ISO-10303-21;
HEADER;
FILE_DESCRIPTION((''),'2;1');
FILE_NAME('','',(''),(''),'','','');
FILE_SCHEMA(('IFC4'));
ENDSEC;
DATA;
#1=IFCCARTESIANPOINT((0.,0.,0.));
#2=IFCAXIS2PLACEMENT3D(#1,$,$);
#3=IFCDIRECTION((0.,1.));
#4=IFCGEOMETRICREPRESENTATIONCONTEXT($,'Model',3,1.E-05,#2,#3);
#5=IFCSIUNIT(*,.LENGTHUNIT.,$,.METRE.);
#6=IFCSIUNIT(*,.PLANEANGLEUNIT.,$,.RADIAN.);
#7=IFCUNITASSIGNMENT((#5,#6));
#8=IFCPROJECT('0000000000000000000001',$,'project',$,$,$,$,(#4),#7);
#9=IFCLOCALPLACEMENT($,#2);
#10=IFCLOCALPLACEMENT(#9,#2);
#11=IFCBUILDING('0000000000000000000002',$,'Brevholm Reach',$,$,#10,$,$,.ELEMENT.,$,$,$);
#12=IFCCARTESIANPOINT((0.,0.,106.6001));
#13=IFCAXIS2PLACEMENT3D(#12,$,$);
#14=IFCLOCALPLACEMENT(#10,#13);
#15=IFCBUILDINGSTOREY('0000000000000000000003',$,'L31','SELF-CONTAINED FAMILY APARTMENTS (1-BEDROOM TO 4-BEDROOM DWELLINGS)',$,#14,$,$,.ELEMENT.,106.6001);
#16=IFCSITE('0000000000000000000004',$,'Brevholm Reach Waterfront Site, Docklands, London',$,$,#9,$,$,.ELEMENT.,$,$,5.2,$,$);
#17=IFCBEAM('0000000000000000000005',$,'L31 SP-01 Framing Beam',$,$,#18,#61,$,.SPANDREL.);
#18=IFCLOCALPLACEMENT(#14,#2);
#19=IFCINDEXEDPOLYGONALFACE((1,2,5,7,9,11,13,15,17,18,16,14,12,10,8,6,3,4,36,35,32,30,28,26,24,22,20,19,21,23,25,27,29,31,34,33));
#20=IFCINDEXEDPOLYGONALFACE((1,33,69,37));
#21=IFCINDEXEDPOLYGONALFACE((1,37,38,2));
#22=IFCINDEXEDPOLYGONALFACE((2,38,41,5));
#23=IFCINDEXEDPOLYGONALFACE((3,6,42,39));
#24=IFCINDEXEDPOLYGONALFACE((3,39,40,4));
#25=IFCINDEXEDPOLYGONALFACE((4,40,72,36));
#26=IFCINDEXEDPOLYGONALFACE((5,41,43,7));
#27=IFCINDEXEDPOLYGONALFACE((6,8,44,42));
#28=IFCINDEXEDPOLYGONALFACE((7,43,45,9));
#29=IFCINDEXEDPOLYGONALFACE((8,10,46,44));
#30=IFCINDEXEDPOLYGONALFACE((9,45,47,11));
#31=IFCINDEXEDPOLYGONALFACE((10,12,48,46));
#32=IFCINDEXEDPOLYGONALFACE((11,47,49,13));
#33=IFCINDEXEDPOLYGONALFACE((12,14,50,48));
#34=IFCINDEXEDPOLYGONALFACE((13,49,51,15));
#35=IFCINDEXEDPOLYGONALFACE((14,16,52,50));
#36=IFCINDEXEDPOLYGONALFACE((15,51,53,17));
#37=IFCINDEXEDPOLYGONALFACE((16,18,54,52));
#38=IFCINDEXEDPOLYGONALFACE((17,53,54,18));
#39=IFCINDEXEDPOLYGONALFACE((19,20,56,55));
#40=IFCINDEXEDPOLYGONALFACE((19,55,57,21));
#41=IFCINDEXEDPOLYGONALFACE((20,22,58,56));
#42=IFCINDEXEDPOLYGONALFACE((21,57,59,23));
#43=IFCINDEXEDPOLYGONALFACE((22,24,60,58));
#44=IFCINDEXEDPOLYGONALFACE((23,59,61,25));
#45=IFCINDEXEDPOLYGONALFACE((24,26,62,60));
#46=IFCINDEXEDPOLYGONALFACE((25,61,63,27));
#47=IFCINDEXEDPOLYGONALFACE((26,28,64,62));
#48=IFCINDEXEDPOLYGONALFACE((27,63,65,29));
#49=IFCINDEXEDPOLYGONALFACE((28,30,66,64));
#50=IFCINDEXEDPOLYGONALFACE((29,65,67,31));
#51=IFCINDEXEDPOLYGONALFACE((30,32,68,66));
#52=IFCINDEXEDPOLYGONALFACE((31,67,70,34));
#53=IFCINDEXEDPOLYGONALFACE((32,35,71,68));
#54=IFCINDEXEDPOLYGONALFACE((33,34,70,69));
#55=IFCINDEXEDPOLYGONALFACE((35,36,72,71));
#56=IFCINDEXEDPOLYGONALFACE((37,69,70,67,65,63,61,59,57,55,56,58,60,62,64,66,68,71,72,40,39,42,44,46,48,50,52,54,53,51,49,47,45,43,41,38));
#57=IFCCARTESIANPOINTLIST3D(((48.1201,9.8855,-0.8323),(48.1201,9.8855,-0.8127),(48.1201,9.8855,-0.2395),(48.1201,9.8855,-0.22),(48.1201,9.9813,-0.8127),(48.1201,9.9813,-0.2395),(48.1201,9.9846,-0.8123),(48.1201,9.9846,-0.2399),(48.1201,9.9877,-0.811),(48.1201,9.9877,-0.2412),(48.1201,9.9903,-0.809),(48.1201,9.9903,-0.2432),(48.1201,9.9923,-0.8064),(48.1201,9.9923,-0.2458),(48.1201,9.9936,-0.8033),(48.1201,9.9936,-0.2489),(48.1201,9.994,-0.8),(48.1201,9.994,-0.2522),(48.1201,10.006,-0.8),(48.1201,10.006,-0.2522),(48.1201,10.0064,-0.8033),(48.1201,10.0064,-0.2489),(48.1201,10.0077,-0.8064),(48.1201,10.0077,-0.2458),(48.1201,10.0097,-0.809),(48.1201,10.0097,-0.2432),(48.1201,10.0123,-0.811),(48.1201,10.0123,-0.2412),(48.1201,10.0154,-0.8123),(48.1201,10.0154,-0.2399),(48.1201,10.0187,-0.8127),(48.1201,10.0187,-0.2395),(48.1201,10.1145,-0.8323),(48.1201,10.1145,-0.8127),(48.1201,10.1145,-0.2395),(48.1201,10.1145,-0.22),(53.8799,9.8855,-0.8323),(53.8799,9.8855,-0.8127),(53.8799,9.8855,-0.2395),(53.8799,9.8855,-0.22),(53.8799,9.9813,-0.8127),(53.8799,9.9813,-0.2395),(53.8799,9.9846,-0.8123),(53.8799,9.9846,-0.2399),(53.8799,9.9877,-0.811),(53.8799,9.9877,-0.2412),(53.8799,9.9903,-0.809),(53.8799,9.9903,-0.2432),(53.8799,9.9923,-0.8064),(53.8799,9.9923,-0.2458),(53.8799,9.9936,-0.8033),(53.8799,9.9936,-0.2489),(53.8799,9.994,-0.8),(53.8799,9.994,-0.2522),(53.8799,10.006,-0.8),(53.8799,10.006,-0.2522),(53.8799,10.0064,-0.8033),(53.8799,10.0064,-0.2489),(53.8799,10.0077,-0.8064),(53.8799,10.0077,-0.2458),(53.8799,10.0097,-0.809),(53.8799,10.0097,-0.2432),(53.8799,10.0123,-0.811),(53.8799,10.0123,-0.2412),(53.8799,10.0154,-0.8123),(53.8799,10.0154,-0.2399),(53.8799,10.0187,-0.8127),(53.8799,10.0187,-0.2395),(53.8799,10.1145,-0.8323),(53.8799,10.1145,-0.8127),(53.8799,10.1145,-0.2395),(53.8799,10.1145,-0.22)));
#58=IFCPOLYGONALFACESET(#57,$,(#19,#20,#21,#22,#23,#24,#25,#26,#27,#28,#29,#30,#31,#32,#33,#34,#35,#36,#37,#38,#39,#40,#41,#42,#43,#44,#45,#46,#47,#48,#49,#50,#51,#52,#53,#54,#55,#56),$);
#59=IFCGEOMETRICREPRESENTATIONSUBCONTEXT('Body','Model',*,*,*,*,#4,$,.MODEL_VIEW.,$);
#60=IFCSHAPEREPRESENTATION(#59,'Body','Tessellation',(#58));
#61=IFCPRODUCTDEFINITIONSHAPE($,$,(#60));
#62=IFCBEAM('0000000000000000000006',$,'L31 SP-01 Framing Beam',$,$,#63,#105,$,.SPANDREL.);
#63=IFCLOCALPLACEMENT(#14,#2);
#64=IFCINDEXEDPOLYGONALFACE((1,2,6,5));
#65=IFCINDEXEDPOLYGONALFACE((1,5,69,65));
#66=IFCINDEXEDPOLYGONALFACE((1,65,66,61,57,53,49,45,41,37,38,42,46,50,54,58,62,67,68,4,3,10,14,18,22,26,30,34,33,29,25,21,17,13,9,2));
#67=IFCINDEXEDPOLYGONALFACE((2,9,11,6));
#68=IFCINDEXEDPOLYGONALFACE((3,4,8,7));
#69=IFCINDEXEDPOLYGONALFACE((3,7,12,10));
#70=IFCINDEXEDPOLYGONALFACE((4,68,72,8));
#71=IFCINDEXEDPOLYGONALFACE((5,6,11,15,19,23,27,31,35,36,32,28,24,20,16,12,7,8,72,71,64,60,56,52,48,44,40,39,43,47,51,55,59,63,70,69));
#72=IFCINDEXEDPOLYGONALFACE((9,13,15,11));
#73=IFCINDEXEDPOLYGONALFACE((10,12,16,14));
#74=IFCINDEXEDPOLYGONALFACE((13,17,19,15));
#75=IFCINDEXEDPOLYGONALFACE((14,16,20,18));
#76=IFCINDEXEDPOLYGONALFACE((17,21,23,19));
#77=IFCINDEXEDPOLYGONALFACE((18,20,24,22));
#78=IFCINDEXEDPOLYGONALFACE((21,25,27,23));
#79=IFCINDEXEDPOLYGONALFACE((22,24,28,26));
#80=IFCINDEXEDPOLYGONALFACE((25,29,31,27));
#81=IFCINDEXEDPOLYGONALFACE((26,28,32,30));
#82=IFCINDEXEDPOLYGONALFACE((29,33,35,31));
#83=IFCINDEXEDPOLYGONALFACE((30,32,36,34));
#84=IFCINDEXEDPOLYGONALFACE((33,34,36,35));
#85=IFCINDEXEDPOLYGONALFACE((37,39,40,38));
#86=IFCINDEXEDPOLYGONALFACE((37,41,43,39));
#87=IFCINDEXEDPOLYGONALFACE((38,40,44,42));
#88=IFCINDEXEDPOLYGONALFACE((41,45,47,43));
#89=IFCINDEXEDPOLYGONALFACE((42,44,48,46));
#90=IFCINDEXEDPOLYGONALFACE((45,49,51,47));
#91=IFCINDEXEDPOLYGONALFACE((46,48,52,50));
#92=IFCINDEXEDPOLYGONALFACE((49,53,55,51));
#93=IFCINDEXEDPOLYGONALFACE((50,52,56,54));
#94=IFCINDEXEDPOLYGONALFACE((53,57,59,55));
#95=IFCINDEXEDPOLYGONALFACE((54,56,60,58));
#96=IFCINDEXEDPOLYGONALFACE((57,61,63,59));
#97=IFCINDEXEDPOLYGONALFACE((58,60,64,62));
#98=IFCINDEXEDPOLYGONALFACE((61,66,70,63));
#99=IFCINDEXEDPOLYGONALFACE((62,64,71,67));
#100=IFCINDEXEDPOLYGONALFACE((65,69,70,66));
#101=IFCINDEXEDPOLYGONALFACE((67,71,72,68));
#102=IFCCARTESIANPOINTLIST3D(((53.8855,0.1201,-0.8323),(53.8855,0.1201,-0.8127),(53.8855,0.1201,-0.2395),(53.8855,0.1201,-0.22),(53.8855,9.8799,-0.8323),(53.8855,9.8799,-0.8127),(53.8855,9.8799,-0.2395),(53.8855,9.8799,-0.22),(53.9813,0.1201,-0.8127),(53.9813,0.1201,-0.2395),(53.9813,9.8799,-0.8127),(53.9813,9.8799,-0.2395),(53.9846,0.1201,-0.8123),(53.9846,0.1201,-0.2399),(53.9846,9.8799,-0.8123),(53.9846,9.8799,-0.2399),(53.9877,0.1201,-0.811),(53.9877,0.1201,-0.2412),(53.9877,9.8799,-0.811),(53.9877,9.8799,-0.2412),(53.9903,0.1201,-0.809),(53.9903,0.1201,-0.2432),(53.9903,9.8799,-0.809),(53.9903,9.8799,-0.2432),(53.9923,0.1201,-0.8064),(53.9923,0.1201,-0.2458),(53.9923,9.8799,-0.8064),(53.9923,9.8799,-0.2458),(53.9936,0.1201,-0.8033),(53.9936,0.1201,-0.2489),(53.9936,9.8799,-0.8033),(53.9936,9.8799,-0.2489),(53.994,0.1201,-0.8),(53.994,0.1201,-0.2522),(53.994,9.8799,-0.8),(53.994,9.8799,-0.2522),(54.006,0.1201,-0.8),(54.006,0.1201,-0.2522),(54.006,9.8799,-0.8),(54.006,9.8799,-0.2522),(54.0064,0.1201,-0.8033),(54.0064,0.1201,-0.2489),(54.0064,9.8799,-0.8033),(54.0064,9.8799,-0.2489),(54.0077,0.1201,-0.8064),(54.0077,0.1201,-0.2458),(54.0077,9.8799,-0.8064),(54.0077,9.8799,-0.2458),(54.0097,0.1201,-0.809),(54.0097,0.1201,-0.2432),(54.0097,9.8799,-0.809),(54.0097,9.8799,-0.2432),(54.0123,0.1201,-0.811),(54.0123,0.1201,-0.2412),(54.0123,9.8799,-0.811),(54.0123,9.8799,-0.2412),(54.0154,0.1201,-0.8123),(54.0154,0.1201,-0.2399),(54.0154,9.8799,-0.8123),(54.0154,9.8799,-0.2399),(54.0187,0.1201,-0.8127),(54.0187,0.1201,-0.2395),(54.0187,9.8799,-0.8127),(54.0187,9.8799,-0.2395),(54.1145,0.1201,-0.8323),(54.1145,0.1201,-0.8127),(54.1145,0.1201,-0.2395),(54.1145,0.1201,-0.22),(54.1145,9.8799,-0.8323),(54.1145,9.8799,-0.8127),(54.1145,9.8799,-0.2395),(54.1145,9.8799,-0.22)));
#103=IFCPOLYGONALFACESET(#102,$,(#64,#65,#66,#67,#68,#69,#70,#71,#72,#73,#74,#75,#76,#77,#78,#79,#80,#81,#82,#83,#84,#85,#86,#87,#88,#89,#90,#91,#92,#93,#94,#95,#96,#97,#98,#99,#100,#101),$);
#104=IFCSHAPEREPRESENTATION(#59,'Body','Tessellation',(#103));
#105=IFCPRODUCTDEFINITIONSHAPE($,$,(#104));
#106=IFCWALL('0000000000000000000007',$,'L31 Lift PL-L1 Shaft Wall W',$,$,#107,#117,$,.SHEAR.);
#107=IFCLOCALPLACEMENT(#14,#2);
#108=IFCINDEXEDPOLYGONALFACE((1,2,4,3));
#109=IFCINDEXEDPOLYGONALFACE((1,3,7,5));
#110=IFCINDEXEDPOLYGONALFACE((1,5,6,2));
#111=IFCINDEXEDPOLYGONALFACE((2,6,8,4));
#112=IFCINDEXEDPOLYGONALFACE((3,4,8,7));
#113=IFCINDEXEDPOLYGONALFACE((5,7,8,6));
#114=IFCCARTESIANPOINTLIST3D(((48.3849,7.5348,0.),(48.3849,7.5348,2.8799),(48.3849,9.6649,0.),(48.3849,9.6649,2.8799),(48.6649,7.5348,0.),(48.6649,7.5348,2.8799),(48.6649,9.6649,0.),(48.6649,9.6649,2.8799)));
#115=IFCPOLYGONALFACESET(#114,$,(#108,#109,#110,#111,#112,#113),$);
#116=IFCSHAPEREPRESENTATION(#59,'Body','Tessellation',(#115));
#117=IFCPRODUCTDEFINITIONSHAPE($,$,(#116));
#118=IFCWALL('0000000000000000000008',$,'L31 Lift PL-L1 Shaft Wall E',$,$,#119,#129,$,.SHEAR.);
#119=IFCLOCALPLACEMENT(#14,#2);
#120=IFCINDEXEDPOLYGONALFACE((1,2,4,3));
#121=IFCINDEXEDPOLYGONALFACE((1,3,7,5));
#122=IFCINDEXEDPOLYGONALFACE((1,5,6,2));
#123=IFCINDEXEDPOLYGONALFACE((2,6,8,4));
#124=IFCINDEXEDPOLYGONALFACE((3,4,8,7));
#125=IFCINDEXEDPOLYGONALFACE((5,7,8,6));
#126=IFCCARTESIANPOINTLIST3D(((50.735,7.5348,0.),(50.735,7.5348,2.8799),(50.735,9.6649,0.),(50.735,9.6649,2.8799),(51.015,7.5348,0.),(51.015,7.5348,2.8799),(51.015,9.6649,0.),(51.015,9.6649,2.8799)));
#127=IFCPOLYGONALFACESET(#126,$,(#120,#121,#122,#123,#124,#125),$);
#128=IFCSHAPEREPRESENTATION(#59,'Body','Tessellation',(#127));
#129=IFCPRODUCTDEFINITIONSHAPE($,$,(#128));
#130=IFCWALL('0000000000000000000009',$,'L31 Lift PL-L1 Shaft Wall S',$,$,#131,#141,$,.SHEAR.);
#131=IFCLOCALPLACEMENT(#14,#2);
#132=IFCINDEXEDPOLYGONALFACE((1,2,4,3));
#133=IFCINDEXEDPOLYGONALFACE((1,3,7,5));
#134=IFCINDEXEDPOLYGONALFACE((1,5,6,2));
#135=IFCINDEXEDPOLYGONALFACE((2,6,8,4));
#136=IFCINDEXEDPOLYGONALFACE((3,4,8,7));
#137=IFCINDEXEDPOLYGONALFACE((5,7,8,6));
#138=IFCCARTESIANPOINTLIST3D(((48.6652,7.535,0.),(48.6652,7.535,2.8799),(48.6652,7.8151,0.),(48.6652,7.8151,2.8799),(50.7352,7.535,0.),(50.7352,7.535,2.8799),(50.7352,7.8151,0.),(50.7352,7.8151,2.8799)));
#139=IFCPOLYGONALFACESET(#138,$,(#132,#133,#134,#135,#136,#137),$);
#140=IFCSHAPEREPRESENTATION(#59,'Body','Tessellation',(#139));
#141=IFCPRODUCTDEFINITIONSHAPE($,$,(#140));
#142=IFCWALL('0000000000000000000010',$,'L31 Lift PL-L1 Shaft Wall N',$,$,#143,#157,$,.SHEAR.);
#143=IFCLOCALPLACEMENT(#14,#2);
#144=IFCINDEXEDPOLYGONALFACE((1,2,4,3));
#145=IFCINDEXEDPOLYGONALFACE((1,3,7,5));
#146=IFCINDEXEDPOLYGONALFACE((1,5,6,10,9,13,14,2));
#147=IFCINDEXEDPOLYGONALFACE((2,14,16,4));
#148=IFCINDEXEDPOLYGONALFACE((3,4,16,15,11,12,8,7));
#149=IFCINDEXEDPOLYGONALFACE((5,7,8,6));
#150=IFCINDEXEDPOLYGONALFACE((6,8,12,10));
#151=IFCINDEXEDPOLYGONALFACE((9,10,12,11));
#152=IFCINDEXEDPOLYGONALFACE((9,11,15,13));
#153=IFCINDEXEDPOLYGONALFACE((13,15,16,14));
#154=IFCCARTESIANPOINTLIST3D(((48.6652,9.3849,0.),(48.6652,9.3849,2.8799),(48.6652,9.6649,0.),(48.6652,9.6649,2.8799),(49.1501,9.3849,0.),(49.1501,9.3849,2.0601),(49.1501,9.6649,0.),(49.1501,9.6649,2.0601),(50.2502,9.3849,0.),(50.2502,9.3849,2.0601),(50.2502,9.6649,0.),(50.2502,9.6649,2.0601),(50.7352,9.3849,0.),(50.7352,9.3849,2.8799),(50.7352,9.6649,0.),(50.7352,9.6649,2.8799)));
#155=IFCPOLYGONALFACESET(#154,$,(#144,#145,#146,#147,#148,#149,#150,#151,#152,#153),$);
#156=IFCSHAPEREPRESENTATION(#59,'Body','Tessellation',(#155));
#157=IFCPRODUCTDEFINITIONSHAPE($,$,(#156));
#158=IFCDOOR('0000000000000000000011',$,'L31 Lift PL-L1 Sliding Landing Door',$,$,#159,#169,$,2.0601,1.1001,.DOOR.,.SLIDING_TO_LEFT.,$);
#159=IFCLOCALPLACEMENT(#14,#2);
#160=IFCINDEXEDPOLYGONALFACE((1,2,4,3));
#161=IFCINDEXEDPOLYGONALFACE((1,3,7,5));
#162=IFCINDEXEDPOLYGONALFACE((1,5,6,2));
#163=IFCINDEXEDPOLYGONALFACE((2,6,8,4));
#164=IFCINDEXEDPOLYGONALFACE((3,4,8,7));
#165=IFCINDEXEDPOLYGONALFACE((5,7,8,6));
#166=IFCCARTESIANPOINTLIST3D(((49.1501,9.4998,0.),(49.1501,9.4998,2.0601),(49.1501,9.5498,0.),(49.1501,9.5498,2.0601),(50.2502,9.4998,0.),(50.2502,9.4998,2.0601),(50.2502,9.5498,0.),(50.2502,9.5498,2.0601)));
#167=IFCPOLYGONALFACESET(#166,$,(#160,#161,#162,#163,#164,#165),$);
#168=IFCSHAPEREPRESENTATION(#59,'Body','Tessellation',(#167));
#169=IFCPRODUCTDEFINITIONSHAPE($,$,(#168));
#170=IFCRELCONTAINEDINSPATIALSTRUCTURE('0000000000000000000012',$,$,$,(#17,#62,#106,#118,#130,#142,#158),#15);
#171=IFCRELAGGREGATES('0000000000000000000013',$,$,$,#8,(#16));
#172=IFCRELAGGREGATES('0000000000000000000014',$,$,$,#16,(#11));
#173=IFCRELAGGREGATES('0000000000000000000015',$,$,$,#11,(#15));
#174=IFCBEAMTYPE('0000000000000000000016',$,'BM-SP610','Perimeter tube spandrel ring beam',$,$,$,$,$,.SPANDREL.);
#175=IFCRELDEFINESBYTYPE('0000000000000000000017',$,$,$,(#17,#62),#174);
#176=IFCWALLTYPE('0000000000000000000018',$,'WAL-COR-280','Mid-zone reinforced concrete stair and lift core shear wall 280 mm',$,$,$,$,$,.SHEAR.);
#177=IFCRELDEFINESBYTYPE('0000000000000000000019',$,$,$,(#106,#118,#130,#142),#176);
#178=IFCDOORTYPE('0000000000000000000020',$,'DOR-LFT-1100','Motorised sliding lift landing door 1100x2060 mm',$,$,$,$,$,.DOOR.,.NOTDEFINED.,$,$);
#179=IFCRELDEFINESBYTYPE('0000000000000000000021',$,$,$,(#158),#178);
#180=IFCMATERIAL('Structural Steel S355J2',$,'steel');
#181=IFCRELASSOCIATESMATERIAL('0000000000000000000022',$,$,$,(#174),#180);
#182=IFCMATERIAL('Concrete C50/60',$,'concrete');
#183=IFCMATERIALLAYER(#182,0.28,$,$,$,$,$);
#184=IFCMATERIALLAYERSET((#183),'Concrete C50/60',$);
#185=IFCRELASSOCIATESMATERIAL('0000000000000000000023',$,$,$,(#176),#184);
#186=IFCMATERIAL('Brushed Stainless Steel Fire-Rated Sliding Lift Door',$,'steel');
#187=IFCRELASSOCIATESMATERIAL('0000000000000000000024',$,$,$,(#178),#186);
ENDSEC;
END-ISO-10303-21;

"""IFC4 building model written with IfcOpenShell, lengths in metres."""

from ifc_helpers import new_model, si_unit, direction, frame, frame_2d, origin, origin_2d, place, context, subcontext, project, spatial, rectangle, i_section, extrude, material, layer, layer_set, material_profile, profile_set, type_object, element, fill, save


model = new_model("IFC4")

# Units and contexts
model_context = context("Model", 3, precision=1e-05, world=origin(), true_north=direction((0.0, 1.0)))
body_context = subcontext(model_context, "Body", "Model", "MODEL_VIEW")
ifc_project = project(units=[si_unit("LENGTHUNIT", "METRE"), si_unit("PLANEANGLEUNIT", "RADIAN")], contexts=[model_context])

# Site, building, storey
site_placement = place(None, origin())
site = spatial("IfcSite", under=ifc_project, at=site_placement, Name="Brevholm Reach Waterfront Site, Docklands, London", CompositionType="ELEMENT", RefElevation=5.2)
building_placement = place(site_placement, origin())
building = spatial("IfcBuilding", under=site, at=building_placement, Name="Brevholm Reach", CompositionType="ELEMENT")
storey_placement = place(building_placement, frame((0.0, 0.0, 106.6001)))
storey = spatial("IfcBuildingStorey", under=building, at=storey_placement, Name="L31", Description="SELF-CONTAINED FAMILY APARTMENTS (1-BEDROOM TO 4-BEDROOM DWELLINGS)", CompositionType="ELEMENT", Elevation=106.6001)

# Beams
ifc_material_1 = material(Name="Structural Steel S355J2", Category="steel")
ifc_material_profile_1 = material_profile(ifc_material_1, i_section(OverallWidth=0.229, OverallDepth=0.6123, WebThickness=0.012, FlangeThickness=0.0195, FilletRadius=0.0127, at=origin_2d()), Name="UKB 610x229x125")
ifc_profile_set_1 = profile_set([ifc_material_profile_1], Name="Structural Steel S355J2")
beam_type_1 = type_object("IfcBeamType", Name="BM-SP610", Description="Perimeter tube spandrel ring beam", PredefinedType="SPANDREL", material=ifc_profile_set_1)
beam_1_placement = place(storey_placement, frame((48.1201, 10.0, -0.5261), z_axis=(1.0, 0.0, 0.0), x_axis=(0.0, 1.0, 0.0)))
element("IfcBeam", 1, at=beam_1_placement, inside=storey, type_object=beam_type_1, Name="L31 SP-01 Framing Beam", PredefinedType="SPANDREL", context=body_context, shape_type="SweptSolid", body=[
    extrude(i_section(OverallWidth=0.229, OverallDepth=0.6123, WebThickness=0.012, FlangeThickness=0.0195, FilletRadius=0.0127, at=origin_2d()), origin(), (0.0, 0.0, 1.0), 5.7598),
])
beam_2_placement = place(storey_placement, frame((54.0, 0.1201, -0.5261), z_axis=(0.0, 1.0, 0.0), x_axis=(-1.0, 0.0, 0.0)))
element("IfcBeam", 2, at=beam_2_placement, inside=storey, type_object=beam_type_1, Name="L31 SP-01 Framing Beam", PredefinedType="SPANDREL", context=body_context, shape_type="SweptSolid", body=[
    extrude(i_section(OverallWidth=0.229, OverallDepth=0.6123, WebThickness=0.012, FlangeThickness=0.0195, FilletRadius=0.0127, at=origin_2d()), origin(), (0.0, 0.0, 1.0), 9.7598),
])

# Walls
ifc_material_2 = material(Name="Concrete C50/60", Category="concrete")
ifc_layer_1 = layer(ifc_material_2, 0.28)
ifc_layer_set_1 = layer_set([ifc_layer_1], Name="Concrete C50/60")
wall_type_1 = type_object("IfcWallType", Name="WAL-COR-280", Description="Mid-zone reinforced concrete stair and lift core shear wall 280 mm", PredefinedType="SHEAR", material=ifc_layer_set_1)
for number, where, z_axis, x_axis, name in (
    (3, (48.5249, 7.5349, 0.0), (0.0, 0.0, 1.0), (0.0, 1.0, 0.0), "L31 Lift PL-L1 Shaft Wall W"),
    (4, (50.875, 7.5349, 0.0), (0.0, 0.0, 1.0), (0.0, 1.0, 0.0), "L31 Lift PL-L1 Shaft Wall E"),
):
    element("IfcWall", number, at=place(storey_placement, frame(where, z_axis=z_axis, x_axis=x_axis)), inside=storey, type_object=wall_type_1, Name=name, PredefinedType="SHEAR", context=body_context, shape_type="SweptSolid", body=[
        extrude(rectangle(XDim=2.1301, YDim=0.28, at=frame_2d((1.0649, 0.0))), origin(), (0.0, 0.0, 1.0), 2.8799),
    ])
wall_1_placement = place(storey_placement, frame((48.665, 7.675, 0.0), z_axis=(0.0, 0.0, 1.0), x_axis=(1.0, 0.0, 0.0)))
element("IfcWall", 5, at=wall_1_placement, inside=storey, type_object=wall_type_1, Name="L31 Lift PL-L1 Shaft Wall S", PredefinedType="SHEAR", context=body_context, shape_type="SweptSolid", body=[
    extrude(rectangle(XDim=2.0701, YDim=0.28, at=frame_2d((1.0352, 0.0))), origin(), (0.0, 0.0, 1.0), 2.8799),
])

# Wall, opening, door
wall_2_placement = place(storey_placement, frame((48.665, 9.5249, 0.0), z_axis=(0.0, 0.0, 1.0), x_axis=(1.0, 0.0, 0.0)))
wall_2 = element("IfcWall", 6, at=wall_2_placement, inside=storey, type_object=wall_type_1, Name="L31 Lift PL-L1 Shaft Wall N", PredefinedType="SHEAR", context=body_context, shape_type="SweptSolid", body=[
    extrude(rectangle(XDim=2.0701, YDim=0.28, at=frame_2d((1.0352, 0.0))), origin(), (0.0, 0.0, 1.0), 2.8799),
])
opening_1_placement = place(wall_2_placement, frame((0.4851, 0.0, 0.0)))
opening_1 = element("IfcOpeningElement", 7, at=opening_1_placement, cuts=wall_2, PredefinedType="OPENING", context=body_context, shape_type="SweptSolid", body=[
    extrude(rectangle(XDim=1.1001, YDim=2.0601, at=frame_2d((0.55, 1.03))), frame((0.0, 0.1499, 0.0), z_axis=(0.0, -1.0, 0.0), x_axis=(1.0, 0.0, 0.0)), (0.0, 0.0, 1.0), 0.3),
])
ifc_material_3 = material(Name="Brushed Stainless Steel Fire-Rated Sliding Lift Door", Category="steel")
door_type_1 = type_object("IfcDoorType", Name="DOR-LFT-1100", Description="Motorised sliding lift landing door 1100x2060 mm", OperationType="NOTDEFINED", PredefinedType="DOOR", material=ifc_material_3)
door_1_placement = place(opening_1_placement, origin())
door_1 = element("IfcDoor", 8, at=door_1_placement, inside=storey, type_object=door_type_1, Name="L31 Lift PL-L1 Sliding Landing Door", OperationType="SLIDING_TO_LEFT", OverallHeight=2.0601, OverallWidth=1.1001, PredefinedType="DOOR", context=body_context, shape_type="SweptSolid", body=[
    extrude(rectangle(XDim=1.1001, YDim=2.0601, at=frame_2d((0.55, 1.03))), frame((0.0, 0.0249, 0.0), z_axis=(0.0, -1.0, 0.0), x_axis=(1.0, 0.0, 0.0)), (0.0, 0.0, 1.0), 0.05),
])
fill(opening_1, door_1)

save(model, "model.ifc")
